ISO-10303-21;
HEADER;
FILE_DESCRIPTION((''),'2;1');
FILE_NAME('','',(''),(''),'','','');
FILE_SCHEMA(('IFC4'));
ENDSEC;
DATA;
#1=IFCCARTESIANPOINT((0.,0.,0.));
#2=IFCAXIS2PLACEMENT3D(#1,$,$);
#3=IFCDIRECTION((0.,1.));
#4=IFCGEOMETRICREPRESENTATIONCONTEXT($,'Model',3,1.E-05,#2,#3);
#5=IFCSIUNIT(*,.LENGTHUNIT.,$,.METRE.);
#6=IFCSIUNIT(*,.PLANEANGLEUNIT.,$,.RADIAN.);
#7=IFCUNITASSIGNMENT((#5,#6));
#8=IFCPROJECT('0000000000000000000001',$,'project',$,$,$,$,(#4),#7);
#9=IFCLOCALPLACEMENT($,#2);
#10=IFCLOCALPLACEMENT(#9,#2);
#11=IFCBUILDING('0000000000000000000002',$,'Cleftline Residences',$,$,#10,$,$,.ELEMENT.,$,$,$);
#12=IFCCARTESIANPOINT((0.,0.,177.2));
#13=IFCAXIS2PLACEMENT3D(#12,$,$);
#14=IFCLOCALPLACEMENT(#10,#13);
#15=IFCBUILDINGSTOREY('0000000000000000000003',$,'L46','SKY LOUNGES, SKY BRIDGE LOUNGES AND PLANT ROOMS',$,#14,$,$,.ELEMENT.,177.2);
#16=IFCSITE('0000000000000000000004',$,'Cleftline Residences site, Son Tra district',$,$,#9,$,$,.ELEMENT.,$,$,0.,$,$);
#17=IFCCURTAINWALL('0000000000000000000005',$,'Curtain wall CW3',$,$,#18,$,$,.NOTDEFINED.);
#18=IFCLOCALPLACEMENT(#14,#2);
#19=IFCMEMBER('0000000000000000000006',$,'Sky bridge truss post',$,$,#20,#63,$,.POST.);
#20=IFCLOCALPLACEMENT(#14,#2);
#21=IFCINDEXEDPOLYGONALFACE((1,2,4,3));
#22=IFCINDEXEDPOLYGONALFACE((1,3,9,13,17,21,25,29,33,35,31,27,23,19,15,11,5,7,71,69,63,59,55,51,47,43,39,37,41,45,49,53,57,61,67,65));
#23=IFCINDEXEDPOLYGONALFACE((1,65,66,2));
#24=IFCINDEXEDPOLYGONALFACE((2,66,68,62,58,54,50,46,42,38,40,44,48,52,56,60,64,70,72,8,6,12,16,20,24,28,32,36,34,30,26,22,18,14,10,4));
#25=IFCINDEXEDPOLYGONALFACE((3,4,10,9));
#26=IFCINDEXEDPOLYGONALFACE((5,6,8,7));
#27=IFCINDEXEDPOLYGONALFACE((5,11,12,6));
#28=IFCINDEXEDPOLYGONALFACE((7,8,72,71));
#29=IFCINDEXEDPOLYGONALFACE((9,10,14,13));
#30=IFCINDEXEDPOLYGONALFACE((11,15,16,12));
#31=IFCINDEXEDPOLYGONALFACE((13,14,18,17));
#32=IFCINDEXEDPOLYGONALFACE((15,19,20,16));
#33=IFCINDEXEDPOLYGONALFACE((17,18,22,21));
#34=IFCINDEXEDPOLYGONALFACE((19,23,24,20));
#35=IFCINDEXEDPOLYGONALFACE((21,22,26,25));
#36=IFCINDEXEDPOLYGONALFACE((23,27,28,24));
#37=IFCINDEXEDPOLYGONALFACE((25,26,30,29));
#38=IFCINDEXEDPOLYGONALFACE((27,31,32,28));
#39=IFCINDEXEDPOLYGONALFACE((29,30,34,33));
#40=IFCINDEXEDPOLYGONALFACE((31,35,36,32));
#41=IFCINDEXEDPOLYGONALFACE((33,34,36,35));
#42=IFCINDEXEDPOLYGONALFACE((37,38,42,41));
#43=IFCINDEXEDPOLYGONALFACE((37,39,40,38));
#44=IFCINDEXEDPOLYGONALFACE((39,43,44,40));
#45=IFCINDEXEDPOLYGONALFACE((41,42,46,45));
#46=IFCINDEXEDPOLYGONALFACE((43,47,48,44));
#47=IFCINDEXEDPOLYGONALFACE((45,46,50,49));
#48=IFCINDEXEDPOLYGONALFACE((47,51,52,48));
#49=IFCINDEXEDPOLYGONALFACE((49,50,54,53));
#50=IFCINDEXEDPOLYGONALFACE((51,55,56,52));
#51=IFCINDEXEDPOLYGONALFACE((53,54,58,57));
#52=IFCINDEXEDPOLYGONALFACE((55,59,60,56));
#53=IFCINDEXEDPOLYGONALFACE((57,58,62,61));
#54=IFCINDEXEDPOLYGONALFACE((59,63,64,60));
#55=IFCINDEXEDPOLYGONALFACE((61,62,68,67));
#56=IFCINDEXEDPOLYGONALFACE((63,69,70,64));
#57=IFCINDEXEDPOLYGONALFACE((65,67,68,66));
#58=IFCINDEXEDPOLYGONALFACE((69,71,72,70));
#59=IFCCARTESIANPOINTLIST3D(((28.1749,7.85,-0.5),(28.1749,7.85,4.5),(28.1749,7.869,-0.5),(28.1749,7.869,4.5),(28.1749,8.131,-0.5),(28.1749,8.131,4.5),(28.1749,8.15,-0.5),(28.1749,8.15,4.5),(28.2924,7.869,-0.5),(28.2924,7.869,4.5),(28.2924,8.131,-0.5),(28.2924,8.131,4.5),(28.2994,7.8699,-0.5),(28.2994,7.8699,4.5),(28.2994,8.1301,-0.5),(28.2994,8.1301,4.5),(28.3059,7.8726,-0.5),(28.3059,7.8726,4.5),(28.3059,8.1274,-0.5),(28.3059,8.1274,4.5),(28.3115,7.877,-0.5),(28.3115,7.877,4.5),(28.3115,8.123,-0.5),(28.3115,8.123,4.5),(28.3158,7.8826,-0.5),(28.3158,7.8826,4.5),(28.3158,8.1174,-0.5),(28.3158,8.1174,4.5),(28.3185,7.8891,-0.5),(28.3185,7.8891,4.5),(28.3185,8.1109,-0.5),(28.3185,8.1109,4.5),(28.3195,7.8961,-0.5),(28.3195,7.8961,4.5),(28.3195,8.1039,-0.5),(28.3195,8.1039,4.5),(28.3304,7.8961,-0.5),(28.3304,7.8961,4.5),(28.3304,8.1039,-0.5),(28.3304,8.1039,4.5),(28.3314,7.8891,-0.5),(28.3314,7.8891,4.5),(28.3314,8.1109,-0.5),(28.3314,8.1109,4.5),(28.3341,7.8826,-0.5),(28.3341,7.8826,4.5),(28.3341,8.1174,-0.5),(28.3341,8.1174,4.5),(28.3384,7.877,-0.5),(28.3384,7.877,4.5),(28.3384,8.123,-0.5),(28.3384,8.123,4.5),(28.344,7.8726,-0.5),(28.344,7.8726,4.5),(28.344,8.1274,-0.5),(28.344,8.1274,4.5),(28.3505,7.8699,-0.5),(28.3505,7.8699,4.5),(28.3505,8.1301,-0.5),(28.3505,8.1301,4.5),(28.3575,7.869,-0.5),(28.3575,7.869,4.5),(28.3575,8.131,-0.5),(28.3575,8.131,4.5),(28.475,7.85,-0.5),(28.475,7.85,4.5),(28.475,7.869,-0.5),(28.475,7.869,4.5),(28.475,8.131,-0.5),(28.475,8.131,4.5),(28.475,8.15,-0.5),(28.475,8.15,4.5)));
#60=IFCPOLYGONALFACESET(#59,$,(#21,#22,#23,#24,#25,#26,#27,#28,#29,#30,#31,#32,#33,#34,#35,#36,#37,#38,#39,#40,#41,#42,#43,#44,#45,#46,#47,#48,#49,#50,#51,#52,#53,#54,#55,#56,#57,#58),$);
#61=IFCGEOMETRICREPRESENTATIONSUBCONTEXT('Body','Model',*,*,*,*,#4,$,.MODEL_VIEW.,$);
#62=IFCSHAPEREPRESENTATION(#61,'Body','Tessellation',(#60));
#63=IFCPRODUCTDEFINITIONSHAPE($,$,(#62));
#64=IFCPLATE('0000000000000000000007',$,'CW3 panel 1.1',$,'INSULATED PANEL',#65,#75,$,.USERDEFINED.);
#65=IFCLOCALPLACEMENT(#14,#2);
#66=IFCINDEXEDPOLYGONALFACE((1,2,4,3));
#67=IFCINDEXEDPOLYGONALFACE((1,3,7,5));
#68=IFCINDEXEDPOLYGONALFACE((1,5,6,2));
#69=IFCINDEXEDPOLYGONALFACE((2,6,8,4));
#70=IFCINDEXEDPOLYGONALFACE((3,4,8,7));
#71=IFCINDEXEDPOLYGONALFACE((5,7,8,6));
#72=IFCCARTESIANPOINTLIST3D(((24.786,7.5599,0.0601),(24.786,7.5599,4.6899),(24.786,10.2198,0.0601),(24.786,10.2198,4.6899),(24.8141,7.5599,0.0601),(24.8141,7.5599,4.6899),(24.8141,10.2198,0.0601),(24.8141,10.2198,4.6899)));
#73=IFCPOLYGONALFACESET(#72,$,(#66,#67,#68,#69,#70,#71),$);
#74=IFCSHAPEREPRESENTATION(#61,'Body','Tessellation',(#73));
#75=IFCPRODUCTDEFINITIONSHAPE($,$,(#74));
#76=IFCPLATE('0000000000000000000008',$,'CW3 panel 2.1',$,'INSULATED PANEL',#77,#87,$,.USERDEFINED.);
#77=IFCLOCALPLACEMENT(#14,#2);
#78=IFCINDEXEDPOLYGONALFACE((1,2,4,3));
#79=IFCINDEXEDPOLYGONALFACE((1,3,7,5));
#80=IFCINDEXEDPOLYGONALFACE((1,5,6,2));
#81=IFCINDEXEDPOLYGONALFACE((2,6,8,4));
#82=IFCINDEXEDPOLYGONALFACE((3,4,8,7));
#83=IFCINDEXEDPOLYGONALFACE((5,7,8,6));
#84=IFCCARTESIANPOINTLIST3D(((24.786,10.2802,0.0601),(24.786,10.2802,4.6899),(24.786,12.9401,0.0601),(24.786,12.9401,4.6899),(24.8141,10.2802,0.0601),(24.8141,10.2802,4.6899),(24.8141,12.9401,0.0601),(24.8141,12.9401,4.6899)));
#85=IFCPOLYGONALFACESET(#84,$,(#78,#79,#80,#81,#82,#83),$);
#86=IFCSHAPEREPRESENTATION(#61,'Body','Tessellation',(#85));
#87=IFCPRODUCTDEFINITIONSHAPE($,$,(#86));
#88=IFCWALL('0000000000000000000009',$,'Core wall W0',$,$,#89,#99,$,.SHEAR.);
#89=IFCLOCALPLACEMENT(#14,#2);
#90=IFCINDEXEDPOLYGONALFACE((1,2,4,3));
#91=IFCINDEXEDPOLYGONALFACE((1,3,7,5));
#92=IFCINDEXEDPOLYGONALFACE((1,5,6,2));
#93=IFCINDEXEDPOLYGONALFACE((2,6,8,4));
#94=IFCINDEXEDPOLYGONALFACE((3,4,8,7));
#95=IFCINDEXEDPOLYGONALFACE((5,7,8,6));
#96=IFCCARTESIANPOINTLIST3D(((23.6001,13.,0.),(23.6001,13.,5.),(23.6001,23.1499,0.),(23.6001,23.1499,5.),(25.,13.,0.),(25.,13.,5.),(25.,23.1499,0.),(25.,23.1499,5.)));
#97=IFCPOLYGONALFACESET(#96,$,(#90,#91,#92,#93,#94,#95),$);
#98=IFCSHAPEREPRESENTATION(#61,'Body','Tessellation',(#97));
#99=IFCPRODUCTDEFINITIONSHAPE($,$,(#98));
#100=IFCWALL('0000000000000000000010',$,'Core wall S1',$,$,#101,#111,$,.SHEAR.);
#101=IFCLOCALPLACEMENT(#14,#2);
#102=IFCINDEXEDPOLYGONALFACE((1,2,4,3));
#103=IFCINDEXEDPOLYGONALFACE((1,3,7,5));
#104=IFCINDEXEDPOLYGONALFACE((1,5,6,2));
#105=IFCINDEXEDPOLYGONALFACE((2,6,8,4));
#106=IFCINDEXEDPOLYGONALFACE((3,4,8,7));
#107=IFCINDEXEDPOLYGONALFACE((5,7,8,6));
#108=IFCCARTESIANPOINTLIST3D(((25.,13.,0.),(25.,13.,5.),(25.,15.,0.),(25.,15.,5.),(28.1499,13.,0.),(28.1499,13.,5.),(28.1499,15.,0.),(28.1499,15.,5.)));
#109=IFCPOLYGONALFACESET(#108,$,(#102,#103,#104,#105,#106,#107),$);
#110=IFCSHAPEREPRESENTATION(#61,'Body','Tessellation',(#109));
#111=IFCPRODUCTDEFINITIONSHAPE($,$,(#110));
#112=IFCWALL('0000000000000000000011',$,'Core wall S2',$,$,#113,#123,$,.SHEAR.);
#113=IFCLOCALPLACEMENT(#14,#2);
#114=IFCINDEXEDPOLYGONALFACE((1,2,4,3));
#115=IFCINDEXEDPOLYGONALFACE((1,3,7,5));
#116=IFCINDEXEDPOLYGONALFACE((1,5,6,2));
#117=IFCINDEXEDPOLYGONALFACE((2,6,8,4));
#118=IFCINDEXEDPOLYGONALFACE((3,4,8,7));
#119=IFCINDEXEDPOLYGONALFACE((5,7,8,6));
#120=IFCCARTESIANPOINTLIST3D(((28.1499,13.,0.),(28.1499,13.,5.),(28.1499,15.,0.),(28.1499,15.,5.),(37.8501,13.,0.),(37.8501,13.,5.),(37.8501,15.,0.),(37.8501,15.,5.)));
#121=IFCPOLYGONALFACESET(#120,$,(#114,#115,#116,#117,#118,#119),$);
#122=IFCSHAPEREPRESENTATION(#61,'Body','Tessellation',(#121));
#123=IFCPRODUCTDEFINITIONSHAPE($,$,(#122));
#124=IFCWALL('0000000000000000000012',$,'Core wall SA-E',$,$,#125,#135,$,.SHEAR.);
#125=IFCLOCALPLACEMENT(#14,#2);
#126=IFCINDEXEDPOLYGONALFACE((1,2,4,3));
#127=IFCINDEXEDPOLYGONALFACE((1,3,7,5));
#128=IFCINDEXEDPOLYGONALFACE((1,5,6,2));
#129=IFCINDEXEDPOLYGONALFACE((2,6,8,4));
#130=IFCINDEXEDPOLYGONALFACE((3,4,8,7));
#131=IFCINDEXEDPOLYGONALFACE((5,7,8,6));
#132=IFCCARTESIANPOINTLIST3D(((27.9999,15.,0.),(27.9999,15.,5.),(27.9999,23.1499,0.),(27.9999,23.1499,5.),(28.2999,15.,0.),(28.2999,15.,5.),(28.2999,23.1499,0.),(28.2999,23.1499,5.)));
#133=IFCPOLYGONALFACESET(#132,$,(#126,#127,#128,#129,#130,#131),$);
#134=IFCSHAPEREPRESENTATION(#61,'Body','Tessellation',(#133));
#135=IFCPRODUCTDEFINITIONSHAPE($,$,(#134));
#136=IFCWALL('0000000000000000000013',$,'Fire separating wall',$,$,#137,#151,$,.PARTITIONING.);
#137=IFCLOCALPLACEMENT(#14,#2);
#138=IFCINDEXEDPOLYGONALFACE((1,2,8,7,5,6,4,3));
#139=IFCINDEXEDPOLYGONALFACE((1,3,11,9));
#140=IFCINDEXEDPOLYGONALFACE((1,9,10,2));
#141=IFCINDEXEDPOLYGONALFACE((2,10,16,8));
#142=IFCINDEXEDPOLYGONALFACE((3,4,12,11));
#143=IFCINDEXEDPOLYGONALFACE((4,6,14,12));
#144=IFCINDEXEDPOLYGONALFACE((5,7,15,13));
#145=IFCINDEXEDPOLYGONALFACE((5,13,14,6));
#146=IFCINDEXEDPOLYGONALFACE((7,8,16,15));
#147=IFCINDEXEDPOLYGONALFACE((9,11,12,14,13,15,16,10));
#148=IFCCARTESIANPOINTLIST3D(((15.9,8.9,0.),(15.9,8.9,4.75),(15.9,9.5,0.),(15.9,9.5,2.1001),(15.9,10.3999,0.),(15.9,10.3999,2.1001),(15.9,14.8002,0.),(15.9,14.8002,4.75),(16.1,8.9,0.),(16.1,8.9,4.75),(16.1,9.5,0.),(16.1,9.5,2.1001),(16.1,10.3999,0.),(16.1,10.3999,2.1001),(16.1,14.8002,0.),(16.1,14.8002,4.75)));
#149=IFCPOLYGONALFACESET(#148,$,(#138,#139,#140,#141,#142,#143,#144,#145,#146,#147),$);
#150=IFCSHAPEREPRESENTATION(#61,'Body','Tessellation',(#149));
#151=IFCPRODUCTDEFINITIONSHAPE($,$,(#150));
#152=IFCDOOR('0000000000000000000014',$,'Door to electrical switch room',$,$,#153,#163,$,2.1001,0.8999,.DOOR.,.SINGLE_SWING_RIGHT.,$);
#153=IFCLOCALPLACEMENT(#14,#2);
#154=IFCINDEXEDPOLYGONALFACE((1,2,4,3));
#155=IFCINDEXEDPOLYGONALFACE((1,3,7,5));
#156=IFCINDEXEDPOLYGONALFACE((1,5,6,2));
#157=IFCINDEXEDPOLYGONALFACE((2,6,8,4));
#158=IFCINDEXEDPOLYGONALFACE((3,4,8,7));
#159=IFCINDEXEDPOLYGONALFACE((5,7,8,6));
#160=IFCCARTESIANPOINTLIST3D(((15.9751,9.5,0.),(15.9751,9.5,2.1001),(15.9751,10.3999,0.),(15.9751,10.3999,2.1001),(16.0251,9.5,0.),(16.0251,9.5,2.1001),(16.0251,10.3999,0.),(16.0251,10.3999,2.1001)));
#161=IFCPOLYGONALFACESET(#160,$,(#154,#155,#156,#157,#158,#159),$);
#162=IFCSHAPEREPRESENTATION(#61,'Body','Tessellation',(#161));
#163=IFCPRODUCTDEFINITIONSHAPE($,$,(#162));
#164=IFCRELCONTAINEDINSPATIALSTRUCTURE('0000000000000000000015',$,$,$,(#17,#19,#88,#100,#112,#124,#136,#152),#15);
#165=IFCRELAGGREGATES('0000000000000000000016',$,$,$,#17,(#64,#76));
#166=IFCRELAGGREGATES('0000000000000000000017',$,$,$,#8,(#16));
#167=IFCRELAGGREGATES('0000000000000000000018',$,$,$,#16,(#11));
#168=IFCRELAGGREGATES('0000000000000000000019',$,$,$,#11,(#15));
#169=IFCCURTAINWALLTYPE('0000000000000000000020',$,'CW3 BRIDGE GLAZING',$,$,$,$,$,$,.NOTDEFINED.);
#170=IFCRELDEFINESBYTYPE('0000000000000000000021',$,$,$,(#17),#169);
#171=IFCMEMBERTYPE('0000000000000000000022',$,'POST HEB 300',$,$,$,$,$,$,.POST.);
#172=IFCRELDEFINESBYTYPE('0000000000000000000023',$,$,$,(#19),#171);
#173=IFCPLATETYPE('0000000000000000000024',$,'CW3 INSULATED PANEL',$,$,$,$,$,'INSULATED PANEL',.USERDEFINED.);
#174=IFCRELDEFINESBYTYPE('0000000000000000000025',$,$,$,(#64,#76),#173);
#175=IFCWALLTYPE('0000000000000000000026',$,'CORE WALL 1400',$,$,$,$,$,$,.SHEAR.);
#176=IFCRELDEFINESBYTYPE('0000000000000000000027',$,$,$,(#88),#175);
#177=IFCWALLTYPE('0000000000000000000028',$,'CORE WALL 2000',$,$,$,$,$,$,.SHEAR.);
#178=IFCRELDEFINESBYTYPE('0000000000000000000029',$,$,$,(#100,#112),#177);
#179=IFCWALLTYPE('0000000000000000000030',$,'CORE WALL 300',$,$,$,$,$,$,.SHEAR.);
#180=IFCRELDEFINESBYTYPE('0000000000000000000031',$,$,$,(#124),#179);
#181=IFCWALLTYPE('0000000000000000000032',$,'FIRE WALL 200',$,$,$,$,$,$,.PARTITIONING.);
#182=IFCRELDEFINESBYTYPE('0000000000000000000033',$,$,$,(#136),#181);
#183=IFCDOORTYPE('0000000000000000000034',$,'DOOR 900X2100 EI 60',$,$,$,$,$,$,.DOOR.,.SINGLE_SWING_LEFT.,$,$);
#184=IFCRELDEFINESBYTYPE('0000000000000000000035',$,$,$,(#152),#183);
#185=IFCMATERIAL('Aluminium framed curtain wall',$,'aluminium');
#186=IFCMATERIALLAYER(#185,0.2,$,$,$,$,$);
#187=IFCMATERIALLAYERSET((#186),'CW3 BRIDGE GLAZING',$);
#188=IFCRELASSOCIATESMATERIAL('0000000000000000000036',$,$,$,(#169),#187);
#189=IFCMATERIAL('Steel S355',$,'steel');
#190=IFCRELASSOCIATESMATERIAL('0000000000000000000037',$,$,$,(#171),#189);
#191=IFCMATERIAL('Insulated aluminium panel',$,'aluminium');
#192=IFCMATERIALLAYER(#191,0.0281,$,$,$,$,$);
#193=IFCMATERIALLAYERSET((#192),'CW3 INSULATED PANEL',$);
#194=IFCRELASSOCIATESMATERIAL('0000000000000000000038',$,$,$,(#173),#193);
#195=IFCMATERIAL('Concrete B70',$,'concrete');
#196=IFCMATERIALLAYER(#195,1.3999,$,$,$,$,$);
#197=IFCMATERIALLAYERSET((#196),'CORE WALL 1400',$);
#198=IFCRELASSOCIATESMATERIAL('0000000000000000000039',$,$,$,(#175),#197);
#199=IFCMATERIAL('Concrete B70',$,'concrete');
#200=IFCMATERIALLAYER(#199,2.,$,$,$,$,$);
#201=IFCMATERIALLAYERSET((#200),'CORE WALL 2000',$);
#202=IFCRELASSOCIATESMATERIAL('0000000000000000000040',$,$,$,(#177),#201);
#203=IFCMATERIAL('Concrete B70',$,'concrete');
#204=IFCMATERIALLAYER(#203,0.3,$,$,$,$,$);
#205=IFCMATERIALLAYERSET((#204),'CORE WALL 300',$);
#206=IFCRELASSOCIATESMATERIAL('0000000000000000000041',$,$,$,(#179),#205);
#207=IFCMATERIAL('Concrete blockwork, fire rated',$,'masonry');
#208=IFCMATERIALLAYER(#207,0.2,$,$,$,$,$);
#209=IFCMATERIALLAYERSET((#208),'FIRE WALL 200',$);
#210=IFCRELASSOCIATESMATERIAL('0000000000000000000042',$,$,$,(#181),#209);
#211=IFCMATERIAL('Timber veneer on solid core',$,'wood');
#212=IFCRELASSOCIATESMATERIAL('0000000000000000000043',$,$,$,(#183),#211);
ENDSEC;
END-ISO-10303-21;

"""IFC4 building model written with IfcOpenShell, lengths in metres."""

from ifc_helpers import new_model, si_unit, direction, frame, frame_2d, origin, origin_2d, place, context, subcontext, project, spatial, rectangle, i_section, extrude, material, layer, layer_set, material_profile, profile_set, type_object, element, fill, aggregate, save


model = new_model("IFC4")

# Units and contexts
model_context = context("Model", 3, precision=1e-05, world=origin(), true_north=direction((0.0, 1.0)))
body_context = subcontext(model_context, "Body", "Model", "MODEL_VIEW")
ifc_project = project(units=[si_unit("LENGTHUNIT", "METRE"), si_unit("PLANEANGLEUNIT", "RADIAN")], contexts=[model_context])

# Site, building, storey
site_placement = place(None, origin())
site = spatial("IfcSite", under=ifc_project, at=site_placement, Name="Cleftline Residences site, Son Tra district", CompositionType="ELEMENT", RefElevation=0.0)
building_placement = place(site_placement, origin())
building = spatial("IfcBuilding", under=site, at=building_placement, Name="Cleftline Residences", CompositionType="ELEMENT")
storey_placement = place(building_placement, frame((0.0, 0.0, 177.2)))
storey = spatial("IfcBuildingStorey", under=building, at=storey_placement, Name="L46", Description="SKY LOUNGES, SKY BRIDGE LOUNGES AND PLANT ROOMS", CompositionType="ELEMENT", Elevation=177.2)

# Curtain wall
ifc_material_1 = material(Name="Aluminium framed curtain wall", Category="aluminium")
ifc_layer_1 = layer(ifc_material_1, 0.2)
ifc_layer_set_1 = layer_set([ifc_layer_1], Name="CW3 BRIDGE GLAZING")
curtain_wall_type = type_object("IfcCurtainWallType", Name="CW3 BRIDGE GLAZING", PredefinedType="NOTDEFINED", material=ifc_layer_set_1)
curtain_wall_placement = place(storey_placement, origin())
curtain_wall = element("IfcCurtainWall", 1, at=curtain_wall_placement, inside=storey, type_object=curtain_wall_type, Name="Curtain wall CW3", PredefinedType="NOTDEFINED")

# Member
ifc_material_2 = material(Name="Steel S355", Category="steel")
ifc_material_profile_1 = material_profile(ifc_material_2, i_section(OverallWidth=0.3, OverallDepth=0.3, WebThickness=0.011, FlangeThickness=0.019, FilletRadius=0.0271, at=origin_2d()))
ifc_profile_set_1 = profile_set([ifc_material_profile_1], Name="Steel S355")
member_type_1 = type_object("IfcMemberType", Name="POST HEB 300", PredefinedType="POST", material=ifc_profile_set_1)
member_1_placement = place(storey_placement, frame((28.325, 8.0, -0.5), z_axis=(0.0, 0.0, 1.0), x_axis=(1.0, 0.0, 0.0)))
element("IfcMember", 2, at=member_1_placement, inside=storey, type_object=member_type_1, Name="Sky bridge truss post", PredefinedType="POST", context=body_context, shape_type="SweptSolid", body=[
    extrude(i_section(OverallWidth=0.3, OverallDepth=0.3, WebThickness=0.011, FlangeThickness=0.019, FilletRadius=0.0271, at=origin_2d()), origin(), (0.0, 0.0, 1.0), 5.0),
])

# Plates
ifc_material_3 = material(Name="Insulated aluminium panel", Category="aluminium")
ifc_layer_2 = layer(ifc_material_3, 0.0281)
ifc_layer_set_2 = layer_set([ifc_layer_2], Name="CW3 INSULATED PANEL")
plate_type = type_object("IfcPlateType", Name="CW3 INSULATED PANEL", ElementType="INSULATED PANEL", PredefinedType="USERDEFINED", material=ifc_layer_set_2)
plate_1_placement = place(storey_placement, frame((24.8, 8.8899, 0.0601), z_axis=(0.0, 0.0, 1.0), x_axis=(0.0, 1.0, 0.0)))
plate_1 = element("IfcPlate", 3, at=plate_1_placement, type_object=plate_type, Name="CW3 panel 1.1", ObjectType="INSULATED PANEL", PredefinedType="USERDEFINED", context=body_context, shape_type="SweptSolid", body=[
    extrude(rectangle(XDim=2.6599, YDim=0.0281, at=origin_2d()), origin(), (0.0, 0.0, 1.0), 4.6299),
])
plate_2_placement = place(storey_placement, frame((24.8, 11.6101, 0.0601), z_axis=(0.0, 0.0, 1.0), x_axis=(0.0, 1.0, 0.0)))
plate_2 = element("IfcPlate", 4, at=plate_2_placement, type_object=plate_type, Name="CW3 panel 2.1", ObjectType="INSULATED PANEL", PredefinedType="USERDEFINED", context=body_context, shape_type="SweptSolid", body=[
    extrude(rectangle(XDim=2.6599, YDim=0.0281, at=origin_2d()), origin(), (0.0, 0.0, 1.0), 4.6299),
])
aggregate(curtain_wall, [plate_1, plate_2])

# Walls
ifc_material_4 = material(Name="Concrete B70", Category="concrete")
ifc_layer_3 = layer(ifc_material_4, 1.3999)
ifc_layer_set_3 = layer_set([ifc_layer_3], Name="CORE WALL 1400")
wall_type_1 = type_object("IfcWallType", Name="CORE WALL 1400", PredefinedType="SHEAR", material=ifc_layer_set_3)
wall_1_placement = place(storey_placement, frame((24.3, 13.0, 0.0), z_axis=(0.0, 0.0, 1.0), x_axis=(0.0, 1.0, 0.0)))
element("IfcWall", 5, at=wall_1_placement, inside=storey, type_object=wall_type_1, Name="Core wall W0", PredefinedType="SHEAR", context=body_context, shape_type="SweptSolid", body=[
    extrude(rectangle(XDim=10.1499, YDim=1.3999, at=frame_2d((5.075, 0.0))), origin(), (0.0, 0.0, 1.0), 5.0),
])
ifc_material_5 = material(Name="Concrete B70", Category="concrete")
ifc_layer_4 = layer(ifc_material_5, 2.0)
ifc_layer_set_4 = layer_set([ifc_layer_4], Name="CORE WALL 2000")
wall_type_2 = type_object("IfcWallType", Name="CORE WALL 2000", PredefinedType="SHEAR", material=ifc_layer_set_4)
wall_2_placement = place(storey_placement, frame((25.0, 14.0, 0.0), z_axis=(0.0, 0.0, 1.0), x_axis=(1.0, 0.0, 0.0)))
element("IfcWall", 6, at=wall_2_placement, inside=storey, type_object=wall_type_2, Name="Core wall S1", PredefinedType="SHEAR", context=body_context, shape_type="SweptSolid", body=[
    extrude(rectangle(XDim=3.1499, YDim=2.0, at=frame_2d((1.575, 0.0))), origin(), (0.0, 0.0, 1.0), 5.0),
])
wall_3_placement = place(storey_placement, frame((28.1499, 14.0, 0.0), z_axis=(0.0, 0.0, 1.0), x_axis=(1.0, 0.0, 0.0)))
element("IfcWall", 7, at=wall_3_placement, inside=storey, type_object=wall_type_2, Name="Core wall S2", PredefinedType="SHEAR", context=body_context, shape_type="SweptSolid", body=[
    extrude(rectangle(XDim=9.7002, YDim=2.0, at=frame_2d((4.8501, 0.0))), origin(), (0.0, 0.0, 1.0), 5.0),
])
ifc_material_6 = material(Name="Concrete B70", Category="concrete")
ifc_layer_5 = layer(ifc_material_6, 0.3)
ifc_layer_set_5 = layer_set([ifc_layer_5], Name="CORE WALL 300")
wall_type_3 = type_object("IfcWallType", Name="CORE WALL 300", PredefinedType="SHEAR", material=ifc_layer_set_5)
wall_4_placement = place(storey_placement, frame((28.1499, 15.0, 0.0), z_axis=(0.0, 0.0, 1.0), x_axis=(0.0, 1.0, 0.0)))
element("IfcWall", 8, at=wall_4_placement, inside=storey, type_object=wall_type_3, Name="Core wall SA-E", PredefinedType="SHEAR", context=body_context, shape_type="SweptSolid", body=[
    extrude(rectangle(XDim=8.1499, YDim=0.3, at=frame_2d((4.075, 0.0))), origin(), (0.0, 0.0, 1.0), 5.0),
])

# Wall, opening, door
ifc_material_7 = material(Name="Concrete blockwork, fire rated", Category="masonry")
ifc_layer_6 = layer(ifc_material_7, 0.2)
ifc_layer_set_6 = layer_set([ifc_layer_6], Name="FIRE WALL 200")
wall_type_4 = type_object("IfcWallType", Name="FIRE WALL 200", PredefinedType="PARTITIONING", material=ifc_layer_set_6)
wall_5_placement = place(storey_placement, frame((16.0, 8.8999, 0.0), z_axis=(0.0, 0.0, 1.0), x_axis=(0.0, 1.0, 0.0)))
wall_5 = element("IfcWall", 9, at=wall_5_placement, inside=storey, type_object=wall_type_4, Name="Fire separating wall", PredefinedType="PARTITIONING", context=body_context, shape_type="SweptSolid", body=[
    extrude(rectangle(XDim=5.9001, YDim=0.2, at=frame_2d((2.9502, 0.0))), origin(), (0.0, 0.0, 1.0), 4.75),
])
opening_placement = place(wall_5_placement, frame((0.6001, 0.0, 0.0)))
opening = element("IfcOpeningElement", 10, at=opening_placement, cuts=wall_5, PredefinedType="OPENING", context=body_context, shape_type="SweptSolid", body=[
    extrude(rectangle(XDim=0.8999, YDim=2.1001, at=frame_2d((0.45, 1.05))), frame((0.0, 0.1099, 0.0), z_axis=(0.0, -1.0, 0.0), x_axis=(1.0, 0.0, 0.0)), (0.0, 0.0, 1.0), 0.22),
])
ifc_material_8 = material(Name="Timber veneer on solid core", Category="wood")
door_type = type_object("IfcDoorType", Name="DOOR 900X2100 EI 60", OperationType="SINGLE_SWING_LEFT", PredefinedType="DOOR", material=ifc_material_8)
door_placement = place(opening_placement, origin())
door = element("IfcDoor", 11, at=door_placement, inside=storey, type_object=door_type, Name="Door to electrical switch room", OperationType="SINGLE_SWING_RIGHT", OverallHeight=2.1001, OverallWidth=0.8999, PredefinedType="DOOR", context=body_context, shape_type="SweptSolid", body=[
    extrude(rectangle(XDim=0.8999, YDim=2.1001, at=frame_2d((0.45, 1.05))), frame((0.0, 0.0249, 0.0), z_axis=(0.0, -1.0, 0.0), x_axis=(1.0, 0.0, 0.0)), (0.0, 0.0, 1.0), 0.05),
])
fill(opening, door)

save(model, "model.ifc")
